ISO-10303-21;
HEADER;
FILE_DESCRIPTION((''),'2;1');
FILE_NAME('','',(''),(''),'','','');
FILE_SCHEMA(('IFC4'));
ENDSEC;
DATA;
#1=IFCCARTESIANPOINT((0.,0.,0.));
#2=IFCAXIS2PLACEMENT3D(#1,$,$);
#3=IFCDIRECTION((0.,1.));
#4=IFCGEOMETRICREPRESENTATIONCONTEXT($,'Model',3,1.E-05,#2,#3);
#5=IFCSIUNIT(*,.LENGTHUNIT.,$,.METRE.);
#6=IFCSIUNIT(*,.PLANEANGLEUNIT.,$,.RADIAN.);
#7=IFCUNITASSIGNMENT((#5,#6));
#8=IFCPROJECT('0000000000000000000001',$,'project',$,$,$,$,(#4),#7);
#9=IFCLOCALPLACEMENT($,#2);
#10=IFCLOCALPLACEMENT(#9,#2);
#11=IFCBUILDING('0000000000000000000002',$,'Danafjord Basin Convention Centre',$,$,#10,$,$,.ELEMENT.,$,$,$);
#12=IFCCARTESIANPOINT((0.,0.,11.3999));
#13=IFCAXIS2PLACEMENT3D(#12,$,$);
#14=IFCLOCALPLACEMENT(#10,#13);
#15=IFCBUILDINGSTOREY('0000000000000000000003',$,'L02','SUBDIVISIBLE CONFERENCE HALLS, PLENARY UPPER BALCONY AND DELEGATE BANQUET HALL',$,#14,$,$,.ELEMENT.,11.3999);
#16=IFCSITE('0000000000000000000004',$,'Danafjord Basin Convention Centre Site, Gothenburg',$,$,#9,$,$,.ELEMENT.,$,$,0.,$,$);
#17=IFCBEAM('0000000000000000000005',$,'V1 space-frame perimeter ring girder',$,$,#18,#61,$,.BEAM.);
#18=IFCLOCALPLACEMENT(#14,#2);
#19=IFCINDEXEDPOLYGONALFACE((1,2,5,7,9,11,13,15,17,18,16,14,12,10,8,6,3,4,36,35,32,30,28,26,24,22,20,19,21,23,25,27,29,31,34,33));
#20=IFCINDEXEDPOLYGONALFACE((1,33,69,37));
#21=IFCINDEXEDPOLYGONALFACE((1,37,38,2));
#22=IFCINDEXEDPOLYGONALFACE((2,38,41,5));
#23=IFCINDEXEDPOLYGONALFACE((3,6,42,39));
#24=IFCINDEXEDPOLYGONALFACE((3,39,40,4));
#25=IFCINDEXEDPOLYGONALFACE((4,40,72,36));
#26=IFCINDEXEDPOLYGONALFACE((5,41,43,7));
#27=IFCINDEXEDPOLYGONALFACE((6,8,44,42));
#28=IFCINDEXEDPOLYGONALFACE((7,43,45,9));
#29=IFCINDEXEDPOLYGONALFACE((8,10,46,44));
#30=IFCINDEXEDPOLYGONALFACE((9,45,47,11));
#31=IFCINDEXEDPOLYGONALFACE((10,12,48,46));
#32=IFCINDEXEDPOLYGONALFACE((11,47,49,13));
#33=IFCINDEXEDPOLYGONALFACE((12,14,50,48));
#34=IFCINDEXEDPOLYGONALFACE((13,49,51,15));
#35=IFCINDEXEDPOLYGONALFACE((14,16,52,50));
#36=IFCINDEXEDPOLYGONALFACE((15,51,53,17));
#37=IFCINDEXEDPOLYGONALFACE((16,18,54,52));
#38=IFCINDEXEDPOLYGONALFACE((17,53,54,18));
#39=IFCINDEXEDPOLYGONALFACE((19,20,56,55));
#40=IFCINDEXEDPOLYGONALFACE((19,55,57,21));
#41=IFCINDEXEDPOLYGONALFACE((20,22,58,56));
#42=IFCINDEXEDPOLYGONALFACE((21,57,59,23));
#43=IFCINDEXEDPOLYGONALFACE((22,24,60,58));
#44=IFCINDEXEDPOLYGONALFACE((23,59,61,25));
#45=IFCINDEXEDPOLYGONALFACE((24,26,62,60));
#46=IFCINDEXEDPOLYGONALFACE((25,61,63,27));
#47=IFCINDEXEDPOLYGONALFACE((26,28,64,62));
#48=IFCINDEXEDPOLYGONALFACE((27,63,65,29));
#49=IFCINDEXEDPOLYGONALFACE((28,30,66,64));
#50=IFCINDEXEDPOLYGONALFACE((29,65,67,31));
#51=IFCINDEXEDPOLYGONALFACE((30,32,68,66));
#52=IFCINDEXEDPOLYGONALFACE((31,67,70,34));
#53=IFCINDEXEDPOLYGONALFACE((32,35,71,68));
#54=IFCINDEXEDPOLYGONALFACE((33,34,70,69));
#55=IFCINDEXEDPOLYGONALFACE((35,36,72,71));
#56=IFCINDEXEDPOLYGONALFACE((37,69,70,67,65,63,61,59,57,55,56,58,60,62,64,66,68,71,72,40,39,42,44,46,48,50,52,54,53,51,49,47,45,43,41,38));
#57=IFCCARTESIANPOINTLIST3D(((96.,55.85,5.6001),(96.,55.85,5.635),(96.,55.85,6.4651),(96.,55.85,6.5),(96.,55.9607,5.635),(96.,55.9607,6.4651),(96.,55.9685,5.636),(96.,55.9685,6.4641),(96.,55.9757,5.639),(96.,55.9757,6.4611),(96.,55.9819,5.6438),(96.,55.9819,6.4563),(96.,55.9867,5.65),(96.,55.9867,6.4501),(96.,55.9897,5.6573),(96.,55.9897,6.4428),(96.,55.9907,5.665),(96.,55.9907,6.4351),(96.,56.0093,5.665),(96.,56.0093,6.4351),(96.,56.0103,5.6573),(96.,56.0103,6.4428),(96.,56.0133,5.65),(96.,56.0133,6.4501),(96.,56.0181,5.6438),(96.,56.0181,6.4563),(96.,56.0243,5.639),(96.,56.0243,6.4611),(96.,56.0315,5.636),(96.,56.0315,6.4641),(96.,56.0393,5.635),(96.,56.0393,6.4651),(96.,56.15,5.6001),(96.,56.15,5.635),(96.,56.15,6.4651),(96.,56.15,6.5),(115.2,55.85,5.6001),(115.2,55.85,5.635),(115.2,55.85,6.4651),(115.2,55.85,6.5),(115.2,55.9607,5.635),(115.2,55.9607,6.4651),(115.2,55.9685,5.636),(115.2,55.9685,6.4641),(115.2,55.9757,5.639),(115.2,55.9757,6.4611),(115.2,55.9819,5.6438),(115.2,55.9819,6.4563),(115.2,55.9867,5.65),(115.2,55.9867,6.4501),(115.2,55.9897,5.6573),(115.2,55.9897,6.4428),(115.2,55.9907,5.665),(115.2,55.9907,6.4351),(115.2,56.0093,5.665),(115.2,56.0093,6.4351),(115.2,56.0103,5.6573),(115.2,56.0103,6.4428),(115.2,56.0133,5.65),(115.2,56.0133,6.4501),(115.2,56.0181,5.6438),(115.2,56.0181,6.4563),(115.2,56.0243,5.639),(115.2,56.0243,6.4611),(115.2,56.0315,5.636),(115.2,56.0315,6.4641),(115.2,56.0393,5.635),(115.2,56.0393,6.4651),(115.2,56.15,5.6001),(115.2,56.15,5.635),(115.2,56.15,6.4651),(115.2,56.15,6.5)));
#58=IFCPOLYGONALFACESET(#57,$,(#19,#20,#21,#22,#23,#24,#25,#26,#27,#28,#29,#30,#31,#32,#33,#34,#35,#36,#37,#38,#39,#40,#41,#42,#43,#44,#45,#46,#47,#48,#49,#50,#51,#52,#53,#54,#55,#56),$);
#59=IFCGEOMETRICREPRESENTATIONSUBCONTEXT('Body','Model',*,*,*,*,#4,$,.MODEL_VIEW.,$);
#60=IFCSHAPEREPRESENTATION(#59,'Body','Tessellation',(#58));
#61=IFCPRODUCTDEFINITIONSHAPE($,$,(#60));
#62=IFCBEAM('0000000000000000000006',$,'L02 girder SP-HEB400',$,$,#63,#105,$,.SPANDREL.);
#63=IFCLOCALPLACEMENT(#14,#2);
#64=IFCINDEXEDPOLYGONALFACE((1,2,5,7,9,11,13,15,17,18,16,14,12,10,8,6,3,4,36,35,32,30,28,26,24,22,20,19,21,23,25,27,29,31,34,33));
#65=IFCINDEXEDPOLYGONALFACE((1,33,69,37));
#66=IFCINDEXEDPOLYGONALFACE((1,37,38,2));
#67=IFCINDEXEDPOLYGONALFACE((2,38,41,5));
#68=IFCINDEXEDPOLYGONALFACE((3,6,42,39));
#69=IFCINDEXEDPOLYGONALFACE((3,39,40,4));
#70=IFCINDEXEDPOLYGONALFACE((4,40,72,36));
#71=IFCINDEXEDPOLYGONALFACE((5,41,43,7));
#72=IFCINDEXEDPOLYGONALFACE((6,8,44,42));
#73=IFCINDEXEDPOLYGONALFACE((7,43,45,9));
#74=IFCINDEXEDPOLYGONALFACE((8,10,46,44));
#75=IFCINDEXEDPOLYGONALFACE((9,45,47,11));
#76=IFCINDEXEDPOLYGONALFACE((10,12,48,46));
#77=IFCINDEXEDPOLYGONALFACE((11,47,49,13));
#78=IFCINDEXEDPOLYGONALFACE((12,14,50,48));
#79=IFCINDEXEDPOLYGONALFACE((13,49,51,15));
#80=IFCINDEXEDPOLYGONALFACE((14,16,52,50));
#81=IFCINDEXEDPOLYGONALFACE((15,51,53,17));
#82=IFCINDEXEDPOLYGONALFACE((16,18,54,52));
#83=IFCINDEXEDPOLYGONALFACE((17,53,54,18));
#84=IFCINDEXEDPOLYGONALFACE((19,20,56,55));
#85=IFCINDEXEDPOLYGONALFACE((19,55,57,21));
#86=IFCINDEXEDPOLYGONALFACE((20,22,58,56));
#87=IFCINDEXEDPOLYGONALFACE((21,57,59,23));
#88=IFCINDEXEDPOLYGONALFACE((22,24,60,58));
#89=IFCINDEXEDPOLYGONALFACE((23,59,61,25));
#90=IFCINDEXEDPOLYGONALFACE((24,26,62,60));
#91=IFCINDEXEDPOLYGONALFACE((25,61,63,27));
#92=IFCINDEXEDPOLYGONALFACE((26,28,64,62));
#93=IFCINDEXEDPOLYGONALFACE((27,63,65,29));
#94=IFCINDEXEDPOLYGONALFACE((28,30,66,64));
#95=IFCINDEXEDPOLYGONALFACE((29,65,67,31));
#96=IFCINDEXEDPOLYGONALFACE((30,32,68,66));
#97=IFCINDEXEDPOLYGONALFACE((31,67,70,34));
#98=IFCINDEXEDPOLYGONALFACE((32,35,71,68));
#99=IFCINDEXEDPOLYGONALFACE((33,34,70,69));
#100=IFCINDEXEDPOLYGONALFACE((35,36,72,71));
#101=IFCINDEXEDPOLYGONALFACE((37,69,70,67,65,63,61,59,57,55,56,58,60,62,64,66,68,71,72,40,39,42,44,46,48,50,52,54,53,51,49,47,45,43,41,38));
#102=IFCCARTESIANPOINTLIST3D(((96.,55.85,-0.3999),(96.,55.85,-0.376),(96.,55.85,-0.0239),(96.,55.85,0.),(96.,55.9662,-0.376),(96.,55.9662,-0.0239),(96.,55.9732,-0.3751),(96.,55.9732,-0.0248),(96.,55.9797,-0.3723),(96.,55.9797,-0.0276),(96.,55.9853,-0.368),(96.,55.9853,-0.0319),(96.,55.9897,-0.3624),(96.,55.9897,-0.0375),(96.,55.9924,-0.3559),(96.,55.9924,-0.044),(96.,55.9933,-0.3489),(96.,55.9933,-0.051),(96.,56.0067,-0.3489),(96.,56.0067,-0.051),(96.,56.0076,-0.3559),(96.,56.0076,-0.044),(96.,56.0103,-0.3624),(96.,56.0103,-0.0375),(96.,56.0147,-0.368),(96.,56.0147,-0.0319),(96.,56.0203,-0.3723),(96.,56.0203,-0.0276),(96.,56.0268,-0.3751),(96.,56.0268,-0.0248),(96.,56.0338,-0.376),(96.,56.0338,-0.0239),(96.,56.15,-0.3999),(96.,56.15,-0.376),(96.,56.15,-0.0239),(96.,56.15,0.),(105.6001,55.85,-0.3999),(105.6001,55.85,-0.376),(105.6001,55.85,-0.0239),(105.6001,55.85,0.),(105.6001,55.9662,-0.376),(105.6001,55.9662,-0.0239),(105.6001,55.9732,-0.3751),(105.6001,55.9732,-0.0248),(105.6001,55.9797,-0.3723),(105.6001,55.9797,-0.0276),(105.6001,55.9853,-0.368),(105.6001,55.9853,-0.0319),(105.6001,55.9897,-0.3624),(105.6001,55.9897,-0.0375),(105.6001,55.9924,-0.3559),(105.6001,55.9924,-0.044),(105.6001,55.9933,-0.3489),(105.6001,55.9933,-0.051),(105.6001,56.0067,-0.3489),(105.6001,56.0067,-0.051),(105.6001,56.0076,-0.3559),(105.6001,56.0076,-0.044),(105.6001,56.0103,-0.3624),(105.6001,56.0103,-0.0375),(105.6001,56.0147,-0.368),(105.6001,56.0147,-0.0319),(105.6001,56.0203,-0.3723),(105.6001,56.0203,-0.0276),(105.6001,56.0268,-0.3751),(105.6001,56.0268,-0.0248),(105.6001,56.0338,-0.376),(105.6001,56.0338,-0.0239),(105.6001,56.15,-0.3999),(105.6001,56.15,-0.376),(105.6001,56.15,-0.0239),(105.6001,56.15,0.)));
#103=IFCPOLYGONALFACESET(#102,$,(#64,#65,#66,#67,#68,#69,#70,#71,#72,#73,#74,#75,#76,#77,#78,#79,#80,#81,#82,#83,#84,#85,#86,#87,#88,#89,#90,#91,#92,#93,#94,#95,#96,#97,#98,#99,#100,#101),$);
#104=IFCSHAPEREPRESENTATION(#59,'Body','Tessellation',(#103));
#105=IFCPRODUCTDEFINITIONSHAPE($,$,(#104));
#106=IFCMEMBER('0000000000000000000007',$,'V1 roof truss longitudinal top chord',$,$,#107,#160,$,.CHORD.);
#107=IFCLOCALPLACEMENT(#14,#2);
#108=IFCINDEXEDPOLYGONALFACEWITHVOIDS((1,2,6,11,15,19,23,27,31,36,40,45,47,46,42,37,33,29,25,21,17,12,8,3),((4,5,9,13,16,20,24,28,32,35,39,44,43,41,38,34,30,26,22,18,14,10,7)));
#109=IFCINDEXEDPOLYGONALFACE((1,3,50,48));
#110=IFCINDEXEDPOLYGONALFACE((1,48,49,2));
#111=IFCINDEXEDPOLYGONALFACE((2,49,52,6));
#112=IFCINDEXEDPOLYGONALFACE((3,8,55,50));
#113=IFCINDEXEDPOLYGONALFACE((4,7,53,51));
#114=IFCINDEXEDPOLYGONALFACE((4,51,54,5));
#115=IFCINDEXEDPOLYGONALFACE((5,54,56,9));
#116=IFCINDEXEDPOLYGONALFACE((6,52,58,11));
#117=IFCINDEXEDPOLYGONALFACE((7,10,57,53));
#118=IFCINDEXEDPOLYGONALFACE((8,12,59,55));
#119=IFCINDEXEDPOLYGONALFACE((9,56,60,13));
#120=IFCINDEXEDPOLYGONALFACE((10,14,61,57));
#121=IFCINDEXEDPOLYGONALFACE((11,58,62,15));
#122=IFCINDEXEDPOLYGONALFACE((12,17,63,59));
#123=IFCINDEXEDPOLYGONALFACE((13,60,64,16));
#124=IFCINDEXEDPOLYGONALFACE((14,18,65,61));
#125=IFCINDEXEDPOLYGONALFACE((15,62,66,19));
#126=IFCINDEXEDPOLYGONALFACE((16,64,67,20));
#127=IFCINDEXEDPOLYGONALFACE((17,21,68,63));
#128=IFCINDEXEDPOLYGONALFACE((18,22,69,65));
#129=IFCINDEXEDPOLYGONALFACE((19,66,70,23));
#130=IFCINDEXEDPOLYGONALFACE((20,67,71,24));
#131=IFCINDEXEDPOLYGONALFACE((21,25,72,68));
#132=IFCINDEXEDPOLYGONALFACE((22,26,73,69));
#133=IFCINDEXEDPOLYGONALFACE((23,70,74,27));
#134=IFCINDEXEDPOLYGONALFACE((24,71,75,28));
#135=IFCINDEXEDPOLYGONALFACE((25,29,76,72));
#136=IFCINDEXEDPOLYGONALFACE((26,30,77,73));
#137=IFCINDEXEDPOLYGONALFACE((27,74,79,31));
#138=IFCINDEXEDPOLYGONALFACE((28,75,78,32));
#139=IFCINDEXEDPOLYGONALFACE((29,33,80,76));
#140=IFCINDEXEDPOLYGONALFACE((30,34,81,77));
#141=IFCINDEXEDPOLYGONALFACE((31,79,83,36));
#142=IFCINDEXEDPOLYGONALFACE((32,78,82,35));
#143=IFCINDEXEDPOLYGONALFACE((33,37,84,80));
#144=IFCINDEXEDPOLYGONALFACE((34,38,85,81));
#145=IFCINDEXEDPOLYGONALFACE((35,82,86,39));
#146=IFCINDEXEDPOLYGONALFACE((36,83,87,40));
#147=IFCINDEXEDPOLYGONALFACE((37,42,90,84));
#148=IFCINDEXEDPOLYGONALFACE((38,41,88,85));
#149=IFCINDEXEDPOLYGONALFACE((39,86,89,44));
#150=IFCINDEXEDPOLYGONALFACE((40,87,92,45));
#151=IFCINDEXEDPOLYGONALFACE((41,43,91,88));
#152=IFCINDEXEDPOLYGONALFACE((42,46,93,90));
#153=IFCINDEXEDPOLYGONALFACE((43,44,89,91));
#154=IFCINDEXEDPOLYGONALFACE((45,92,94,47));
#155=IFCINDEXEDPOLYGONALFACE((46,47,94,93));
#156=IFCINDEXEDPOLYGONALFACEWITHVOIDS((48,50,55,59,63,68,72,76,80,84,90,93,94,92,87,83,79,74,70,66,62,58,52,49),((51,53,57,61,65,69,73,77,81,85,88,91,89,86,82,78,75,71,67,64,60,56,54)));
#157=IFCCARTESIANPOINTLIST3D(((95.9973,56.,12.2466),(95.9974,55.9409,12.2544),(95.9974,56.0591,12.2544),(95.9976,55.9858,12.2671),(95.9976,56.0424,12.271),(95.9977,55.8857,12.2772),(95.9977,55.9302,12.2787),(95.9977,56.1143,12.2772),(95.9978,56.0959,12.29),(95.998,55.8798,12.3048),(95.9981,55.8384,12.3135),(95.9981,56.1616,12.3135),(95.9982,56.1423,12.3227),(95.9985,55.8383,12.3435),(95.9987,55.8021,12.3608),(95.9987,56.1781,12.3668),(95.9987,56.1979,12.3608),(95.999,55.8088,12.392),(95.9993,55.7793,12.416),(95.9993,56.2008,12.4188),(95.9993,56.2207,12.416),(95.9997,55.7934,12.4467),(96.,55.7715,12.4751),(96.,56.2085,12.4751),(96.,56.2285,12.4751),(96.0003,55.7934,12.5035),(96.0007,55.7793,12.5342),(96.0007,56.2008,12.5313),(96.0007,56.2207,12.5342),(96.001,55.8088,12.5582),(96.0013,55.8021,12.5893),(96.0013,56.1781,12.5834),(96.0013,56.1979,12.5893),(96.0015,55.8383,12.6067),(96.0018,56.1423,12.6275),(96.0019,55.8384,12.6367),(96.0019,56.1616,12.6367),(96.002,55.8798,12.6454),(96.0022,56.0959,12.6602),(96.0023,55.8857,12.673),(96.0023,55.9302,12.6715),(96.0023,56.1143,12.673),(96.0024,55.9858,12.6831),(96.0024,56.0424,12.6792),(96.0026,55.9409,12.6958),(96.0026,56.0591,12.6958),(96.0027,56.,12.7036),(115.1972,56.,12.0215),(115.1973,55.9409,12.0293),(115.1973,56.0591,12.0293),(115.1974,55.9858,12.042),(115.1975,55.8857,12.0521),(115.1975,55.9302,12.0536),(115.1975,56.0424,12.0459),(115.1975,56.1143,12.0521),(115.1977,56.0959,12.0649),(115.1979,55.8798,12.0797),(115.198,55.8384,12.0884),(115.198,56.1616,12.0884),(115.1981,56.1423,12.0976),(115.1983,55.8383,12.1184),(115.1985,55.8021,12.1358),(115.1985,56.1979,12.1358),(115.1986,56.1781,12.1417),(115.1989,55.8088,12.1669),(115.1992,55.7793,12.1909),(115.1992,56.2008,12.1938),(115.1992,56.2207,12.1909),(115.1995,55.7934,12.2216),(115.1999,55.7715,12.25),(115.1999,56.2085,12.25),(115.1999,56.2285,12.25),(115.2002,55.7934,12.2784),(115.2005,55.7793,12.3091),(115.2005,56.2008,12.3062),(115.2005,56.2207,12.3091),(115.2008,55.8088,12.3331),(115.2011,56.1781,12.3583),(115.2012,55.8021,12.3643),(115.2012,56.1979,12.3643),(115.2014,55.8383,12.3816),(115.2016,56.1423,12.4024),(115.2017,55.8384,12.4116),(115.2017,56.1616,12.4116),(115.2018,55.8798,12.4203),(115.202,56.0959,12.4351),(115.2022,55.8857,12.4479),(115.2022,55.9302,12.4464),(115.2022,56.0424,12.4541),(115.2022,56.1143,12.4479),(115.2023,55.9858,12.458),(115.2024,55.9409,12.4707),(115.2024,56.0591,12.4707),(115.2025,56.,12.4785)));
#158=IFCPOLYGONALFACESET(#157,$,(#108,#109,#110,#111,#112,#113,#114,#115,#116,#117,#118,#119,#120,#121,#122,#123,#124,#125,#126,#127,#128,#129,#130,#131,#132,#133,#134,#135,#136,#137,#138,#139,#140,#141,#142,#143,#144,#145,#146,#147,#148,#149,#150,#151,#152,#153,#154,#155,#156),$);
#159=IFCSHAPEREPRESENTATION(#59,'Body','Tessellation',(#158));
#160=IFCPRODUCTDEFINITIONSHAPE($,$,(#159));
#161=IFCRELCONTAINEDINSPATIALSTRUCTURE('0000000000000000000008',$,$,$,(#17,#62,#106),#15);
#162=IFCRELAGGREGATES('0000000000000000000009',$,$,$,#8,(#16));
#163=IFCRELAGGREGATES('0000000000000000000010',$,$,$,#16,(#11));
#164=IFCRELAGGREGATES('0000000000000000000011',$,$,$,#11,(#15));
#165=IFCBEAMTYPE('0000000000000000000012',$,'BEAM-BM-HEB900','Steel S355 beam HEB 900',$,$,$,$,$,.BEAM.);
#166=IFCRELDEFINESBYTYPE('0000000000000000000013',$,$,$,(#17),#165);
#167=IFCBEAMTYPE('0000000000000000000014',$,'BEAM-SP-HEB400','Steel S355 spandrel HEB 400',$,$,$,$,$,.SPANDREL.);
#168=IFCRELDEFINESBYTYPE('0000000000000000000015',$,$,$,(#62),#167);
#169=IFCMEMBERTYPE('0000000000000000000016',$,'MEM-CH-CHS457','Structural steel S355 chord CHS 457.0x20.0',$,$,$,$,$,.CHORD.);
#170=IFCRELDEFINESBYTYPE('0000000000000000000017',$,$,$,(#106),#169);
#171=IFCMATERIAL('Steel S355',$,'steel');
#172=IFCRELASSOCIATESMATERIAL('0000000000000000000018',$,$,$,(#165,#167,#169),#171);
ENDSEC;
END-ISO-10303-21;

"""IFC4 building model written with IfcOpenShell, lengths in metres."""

from ifc_helpers import new_model, si_unit, direction, frame, origin, origin_2d, place, context, subcontext, project, spatial, hollow_circle, i_section, extrude, material, material_profile, profile_set, type_object, element, save


model = new_model("IFC4")

# Units and contexts
model_context = context("Model", 3, precision=1e-05, world=origin(), true_north=direction((0.0, 1.0)))
body_context = subcontext(model_context, "Body", "Model", "MODEL_VIEW")
ifc_project = project(units=[si_unit("LENGTHUNIT", "METRE"), si_unit("PLANEANGLEUNIT", "RADIAN")], contexts=[model_context])

# Site, building, storey
site_placement = place(None, origin())
site = spatial("IfcSite", under=ifc_project, at=site_placement, Name="Danafjord Basin Convention Centre Site, Gothenburg", CompositionType="ELEMENT", RefElevation=0.0)
building_placement = place(site_placement, origin())
building = spatial("IfcBuilding", under=site, at=building_placement, Name="Danafjord Basin Convention Centre", CompositionType="ELEMENT")
storey_placement = place(building_placement, frame((0.0, 0.0, 11.3999)))
storey = spatial("IfcBuildingStorey", under=building, at=storey_placement, Name="L02", Description="SUBDIVISIBLE CONFERENCE HALLS, PLENARY UPPER BALCONY AND DELEGATE BANQUET HALL", CompositionType="ELEMENT", Elevation=11.3999)

# Beams
ifc_material_1 = material(Name="Steel S355", Category="steel")
ifc_material_profile_1 = material_profile(ifc_material_1, i_section(OverallWidth=0.3, OverallDepth=0.8999, WebThickness=0.0186, FlangeThickness=0.0349, FilletRadius=0.03, at=origin_2d()), Name="HEB 900")
ifc_profile_set_1 = profile_set([ifc_material_profile_1], Name="Steel S355")
beam_type_1 = type_object("IfcBeamType", Name="BEAM-BM-HEB900", Description="Steel S355 beam HEB 900", PredefinedType="BEAM", material=ifc_profile_set_1)
beam_1_placement = place(storey_placement, frame((96.0, 56.0, 6.05), z_axis=(1.0, 0.0, 0.0), x_axis=(0.0, 1.0, 0.0)))
element("IfcBeam", 1, at=beam_1_placement, inside=storey, type_object=beam_type_1, Name="V1 space-frame perimeter ring girder", PredefinedType="BEAM", context=body_context, shape_type="SweptSolid", body=[
    extrude(i_section(OverallWidth=0.3, OverallDepth=0.8999, WebThickness=0.0186, FlangeThickness=0.0349, FilletRadius=0.03, at=origin_2d()), origin(), (0.0, 0.0, 1.0), 19.2),
])
ifc_material_profile_2 = material_profile(ifc_material_1, i_section(OverallWidth=0.3, OverallDepth=0.3999, WebThickness=0.0134, FlangeThickness=0.0239, FilletRadius=0.0271, at=origin_2d()), Name="HEB 400")
ifc_profile_set_2 = profile_set([ifc_material_profile_2], Name="Steel S355")
beam_type_2 = type_object("IfcBeamType", Name="BEAM-SP-HEB400", Description="Steel S355 spandrel HEB 400", PredefinedType="SPANDREL", material=ifc_profile_set_2)
beam_2_placement = place(storey_placement, frame((96.0, 56.0, -0.2), z_axis=(1.0, 0.0, 0.0), x_axis=(0.0, 1.0, 0.0)))
element("IfcBeam", 2, at=beam_2_placement, inside=storey, type_object=beam_type_2, Name="L02 girder SP-HEB400", PredefinedType="SPANDREL", context=body_context, shape_type="SweptSolid", body=[
    extrude(i_section(OverallWidth=0.3, OverallDepth=0.3999, WebThickness=0.0134, FlangeThickness=0.0239, FilletRadius=0.0271, at=origin_2d()), origin(), (0.0, 0.0, 1.0), 9.6001),
])

# Member
ifc_material_profile_3 = material_profile(ifc_material_1, hollow_circle(Radius=0.2285, WallThickness=0.02, at=origin_2d()), Name="CHS 457.0x20.0")
ifc_profile_set_3 = profile_set([ifc_material_profile_3], Name="Steel S355")
member_type_1 = type_object("IfcMemberType", Name="MEM-CH-CHS457", Description="Structural steel S355 chord CHS 457.0x20.0", PredefinedType="CHORD", material=ifc_profile_set_3)
member_1_placement = place(storey_placement, frame((96.0, 56.0, 12.4751), z_axis=(0.999931, 0.0, -0.011723), x_axis=(0.0, 1.0, 0.0)))
element("IfcMember", 3, at=member_1_placement, inside=storey, type_object=member_type_1, Name="V1 roof truss longitudinal top chord", PredefinedType="CHORD", context=body_context, shape_type="SweptSolid", body=[
    extrude(hollow_circle(Radius=0.2285, WallThickness=0.02, at=origin_2d()), origin(), (0.0, 0.0, 1.0), 19.2012),
])

save(model, "model.ifc")
